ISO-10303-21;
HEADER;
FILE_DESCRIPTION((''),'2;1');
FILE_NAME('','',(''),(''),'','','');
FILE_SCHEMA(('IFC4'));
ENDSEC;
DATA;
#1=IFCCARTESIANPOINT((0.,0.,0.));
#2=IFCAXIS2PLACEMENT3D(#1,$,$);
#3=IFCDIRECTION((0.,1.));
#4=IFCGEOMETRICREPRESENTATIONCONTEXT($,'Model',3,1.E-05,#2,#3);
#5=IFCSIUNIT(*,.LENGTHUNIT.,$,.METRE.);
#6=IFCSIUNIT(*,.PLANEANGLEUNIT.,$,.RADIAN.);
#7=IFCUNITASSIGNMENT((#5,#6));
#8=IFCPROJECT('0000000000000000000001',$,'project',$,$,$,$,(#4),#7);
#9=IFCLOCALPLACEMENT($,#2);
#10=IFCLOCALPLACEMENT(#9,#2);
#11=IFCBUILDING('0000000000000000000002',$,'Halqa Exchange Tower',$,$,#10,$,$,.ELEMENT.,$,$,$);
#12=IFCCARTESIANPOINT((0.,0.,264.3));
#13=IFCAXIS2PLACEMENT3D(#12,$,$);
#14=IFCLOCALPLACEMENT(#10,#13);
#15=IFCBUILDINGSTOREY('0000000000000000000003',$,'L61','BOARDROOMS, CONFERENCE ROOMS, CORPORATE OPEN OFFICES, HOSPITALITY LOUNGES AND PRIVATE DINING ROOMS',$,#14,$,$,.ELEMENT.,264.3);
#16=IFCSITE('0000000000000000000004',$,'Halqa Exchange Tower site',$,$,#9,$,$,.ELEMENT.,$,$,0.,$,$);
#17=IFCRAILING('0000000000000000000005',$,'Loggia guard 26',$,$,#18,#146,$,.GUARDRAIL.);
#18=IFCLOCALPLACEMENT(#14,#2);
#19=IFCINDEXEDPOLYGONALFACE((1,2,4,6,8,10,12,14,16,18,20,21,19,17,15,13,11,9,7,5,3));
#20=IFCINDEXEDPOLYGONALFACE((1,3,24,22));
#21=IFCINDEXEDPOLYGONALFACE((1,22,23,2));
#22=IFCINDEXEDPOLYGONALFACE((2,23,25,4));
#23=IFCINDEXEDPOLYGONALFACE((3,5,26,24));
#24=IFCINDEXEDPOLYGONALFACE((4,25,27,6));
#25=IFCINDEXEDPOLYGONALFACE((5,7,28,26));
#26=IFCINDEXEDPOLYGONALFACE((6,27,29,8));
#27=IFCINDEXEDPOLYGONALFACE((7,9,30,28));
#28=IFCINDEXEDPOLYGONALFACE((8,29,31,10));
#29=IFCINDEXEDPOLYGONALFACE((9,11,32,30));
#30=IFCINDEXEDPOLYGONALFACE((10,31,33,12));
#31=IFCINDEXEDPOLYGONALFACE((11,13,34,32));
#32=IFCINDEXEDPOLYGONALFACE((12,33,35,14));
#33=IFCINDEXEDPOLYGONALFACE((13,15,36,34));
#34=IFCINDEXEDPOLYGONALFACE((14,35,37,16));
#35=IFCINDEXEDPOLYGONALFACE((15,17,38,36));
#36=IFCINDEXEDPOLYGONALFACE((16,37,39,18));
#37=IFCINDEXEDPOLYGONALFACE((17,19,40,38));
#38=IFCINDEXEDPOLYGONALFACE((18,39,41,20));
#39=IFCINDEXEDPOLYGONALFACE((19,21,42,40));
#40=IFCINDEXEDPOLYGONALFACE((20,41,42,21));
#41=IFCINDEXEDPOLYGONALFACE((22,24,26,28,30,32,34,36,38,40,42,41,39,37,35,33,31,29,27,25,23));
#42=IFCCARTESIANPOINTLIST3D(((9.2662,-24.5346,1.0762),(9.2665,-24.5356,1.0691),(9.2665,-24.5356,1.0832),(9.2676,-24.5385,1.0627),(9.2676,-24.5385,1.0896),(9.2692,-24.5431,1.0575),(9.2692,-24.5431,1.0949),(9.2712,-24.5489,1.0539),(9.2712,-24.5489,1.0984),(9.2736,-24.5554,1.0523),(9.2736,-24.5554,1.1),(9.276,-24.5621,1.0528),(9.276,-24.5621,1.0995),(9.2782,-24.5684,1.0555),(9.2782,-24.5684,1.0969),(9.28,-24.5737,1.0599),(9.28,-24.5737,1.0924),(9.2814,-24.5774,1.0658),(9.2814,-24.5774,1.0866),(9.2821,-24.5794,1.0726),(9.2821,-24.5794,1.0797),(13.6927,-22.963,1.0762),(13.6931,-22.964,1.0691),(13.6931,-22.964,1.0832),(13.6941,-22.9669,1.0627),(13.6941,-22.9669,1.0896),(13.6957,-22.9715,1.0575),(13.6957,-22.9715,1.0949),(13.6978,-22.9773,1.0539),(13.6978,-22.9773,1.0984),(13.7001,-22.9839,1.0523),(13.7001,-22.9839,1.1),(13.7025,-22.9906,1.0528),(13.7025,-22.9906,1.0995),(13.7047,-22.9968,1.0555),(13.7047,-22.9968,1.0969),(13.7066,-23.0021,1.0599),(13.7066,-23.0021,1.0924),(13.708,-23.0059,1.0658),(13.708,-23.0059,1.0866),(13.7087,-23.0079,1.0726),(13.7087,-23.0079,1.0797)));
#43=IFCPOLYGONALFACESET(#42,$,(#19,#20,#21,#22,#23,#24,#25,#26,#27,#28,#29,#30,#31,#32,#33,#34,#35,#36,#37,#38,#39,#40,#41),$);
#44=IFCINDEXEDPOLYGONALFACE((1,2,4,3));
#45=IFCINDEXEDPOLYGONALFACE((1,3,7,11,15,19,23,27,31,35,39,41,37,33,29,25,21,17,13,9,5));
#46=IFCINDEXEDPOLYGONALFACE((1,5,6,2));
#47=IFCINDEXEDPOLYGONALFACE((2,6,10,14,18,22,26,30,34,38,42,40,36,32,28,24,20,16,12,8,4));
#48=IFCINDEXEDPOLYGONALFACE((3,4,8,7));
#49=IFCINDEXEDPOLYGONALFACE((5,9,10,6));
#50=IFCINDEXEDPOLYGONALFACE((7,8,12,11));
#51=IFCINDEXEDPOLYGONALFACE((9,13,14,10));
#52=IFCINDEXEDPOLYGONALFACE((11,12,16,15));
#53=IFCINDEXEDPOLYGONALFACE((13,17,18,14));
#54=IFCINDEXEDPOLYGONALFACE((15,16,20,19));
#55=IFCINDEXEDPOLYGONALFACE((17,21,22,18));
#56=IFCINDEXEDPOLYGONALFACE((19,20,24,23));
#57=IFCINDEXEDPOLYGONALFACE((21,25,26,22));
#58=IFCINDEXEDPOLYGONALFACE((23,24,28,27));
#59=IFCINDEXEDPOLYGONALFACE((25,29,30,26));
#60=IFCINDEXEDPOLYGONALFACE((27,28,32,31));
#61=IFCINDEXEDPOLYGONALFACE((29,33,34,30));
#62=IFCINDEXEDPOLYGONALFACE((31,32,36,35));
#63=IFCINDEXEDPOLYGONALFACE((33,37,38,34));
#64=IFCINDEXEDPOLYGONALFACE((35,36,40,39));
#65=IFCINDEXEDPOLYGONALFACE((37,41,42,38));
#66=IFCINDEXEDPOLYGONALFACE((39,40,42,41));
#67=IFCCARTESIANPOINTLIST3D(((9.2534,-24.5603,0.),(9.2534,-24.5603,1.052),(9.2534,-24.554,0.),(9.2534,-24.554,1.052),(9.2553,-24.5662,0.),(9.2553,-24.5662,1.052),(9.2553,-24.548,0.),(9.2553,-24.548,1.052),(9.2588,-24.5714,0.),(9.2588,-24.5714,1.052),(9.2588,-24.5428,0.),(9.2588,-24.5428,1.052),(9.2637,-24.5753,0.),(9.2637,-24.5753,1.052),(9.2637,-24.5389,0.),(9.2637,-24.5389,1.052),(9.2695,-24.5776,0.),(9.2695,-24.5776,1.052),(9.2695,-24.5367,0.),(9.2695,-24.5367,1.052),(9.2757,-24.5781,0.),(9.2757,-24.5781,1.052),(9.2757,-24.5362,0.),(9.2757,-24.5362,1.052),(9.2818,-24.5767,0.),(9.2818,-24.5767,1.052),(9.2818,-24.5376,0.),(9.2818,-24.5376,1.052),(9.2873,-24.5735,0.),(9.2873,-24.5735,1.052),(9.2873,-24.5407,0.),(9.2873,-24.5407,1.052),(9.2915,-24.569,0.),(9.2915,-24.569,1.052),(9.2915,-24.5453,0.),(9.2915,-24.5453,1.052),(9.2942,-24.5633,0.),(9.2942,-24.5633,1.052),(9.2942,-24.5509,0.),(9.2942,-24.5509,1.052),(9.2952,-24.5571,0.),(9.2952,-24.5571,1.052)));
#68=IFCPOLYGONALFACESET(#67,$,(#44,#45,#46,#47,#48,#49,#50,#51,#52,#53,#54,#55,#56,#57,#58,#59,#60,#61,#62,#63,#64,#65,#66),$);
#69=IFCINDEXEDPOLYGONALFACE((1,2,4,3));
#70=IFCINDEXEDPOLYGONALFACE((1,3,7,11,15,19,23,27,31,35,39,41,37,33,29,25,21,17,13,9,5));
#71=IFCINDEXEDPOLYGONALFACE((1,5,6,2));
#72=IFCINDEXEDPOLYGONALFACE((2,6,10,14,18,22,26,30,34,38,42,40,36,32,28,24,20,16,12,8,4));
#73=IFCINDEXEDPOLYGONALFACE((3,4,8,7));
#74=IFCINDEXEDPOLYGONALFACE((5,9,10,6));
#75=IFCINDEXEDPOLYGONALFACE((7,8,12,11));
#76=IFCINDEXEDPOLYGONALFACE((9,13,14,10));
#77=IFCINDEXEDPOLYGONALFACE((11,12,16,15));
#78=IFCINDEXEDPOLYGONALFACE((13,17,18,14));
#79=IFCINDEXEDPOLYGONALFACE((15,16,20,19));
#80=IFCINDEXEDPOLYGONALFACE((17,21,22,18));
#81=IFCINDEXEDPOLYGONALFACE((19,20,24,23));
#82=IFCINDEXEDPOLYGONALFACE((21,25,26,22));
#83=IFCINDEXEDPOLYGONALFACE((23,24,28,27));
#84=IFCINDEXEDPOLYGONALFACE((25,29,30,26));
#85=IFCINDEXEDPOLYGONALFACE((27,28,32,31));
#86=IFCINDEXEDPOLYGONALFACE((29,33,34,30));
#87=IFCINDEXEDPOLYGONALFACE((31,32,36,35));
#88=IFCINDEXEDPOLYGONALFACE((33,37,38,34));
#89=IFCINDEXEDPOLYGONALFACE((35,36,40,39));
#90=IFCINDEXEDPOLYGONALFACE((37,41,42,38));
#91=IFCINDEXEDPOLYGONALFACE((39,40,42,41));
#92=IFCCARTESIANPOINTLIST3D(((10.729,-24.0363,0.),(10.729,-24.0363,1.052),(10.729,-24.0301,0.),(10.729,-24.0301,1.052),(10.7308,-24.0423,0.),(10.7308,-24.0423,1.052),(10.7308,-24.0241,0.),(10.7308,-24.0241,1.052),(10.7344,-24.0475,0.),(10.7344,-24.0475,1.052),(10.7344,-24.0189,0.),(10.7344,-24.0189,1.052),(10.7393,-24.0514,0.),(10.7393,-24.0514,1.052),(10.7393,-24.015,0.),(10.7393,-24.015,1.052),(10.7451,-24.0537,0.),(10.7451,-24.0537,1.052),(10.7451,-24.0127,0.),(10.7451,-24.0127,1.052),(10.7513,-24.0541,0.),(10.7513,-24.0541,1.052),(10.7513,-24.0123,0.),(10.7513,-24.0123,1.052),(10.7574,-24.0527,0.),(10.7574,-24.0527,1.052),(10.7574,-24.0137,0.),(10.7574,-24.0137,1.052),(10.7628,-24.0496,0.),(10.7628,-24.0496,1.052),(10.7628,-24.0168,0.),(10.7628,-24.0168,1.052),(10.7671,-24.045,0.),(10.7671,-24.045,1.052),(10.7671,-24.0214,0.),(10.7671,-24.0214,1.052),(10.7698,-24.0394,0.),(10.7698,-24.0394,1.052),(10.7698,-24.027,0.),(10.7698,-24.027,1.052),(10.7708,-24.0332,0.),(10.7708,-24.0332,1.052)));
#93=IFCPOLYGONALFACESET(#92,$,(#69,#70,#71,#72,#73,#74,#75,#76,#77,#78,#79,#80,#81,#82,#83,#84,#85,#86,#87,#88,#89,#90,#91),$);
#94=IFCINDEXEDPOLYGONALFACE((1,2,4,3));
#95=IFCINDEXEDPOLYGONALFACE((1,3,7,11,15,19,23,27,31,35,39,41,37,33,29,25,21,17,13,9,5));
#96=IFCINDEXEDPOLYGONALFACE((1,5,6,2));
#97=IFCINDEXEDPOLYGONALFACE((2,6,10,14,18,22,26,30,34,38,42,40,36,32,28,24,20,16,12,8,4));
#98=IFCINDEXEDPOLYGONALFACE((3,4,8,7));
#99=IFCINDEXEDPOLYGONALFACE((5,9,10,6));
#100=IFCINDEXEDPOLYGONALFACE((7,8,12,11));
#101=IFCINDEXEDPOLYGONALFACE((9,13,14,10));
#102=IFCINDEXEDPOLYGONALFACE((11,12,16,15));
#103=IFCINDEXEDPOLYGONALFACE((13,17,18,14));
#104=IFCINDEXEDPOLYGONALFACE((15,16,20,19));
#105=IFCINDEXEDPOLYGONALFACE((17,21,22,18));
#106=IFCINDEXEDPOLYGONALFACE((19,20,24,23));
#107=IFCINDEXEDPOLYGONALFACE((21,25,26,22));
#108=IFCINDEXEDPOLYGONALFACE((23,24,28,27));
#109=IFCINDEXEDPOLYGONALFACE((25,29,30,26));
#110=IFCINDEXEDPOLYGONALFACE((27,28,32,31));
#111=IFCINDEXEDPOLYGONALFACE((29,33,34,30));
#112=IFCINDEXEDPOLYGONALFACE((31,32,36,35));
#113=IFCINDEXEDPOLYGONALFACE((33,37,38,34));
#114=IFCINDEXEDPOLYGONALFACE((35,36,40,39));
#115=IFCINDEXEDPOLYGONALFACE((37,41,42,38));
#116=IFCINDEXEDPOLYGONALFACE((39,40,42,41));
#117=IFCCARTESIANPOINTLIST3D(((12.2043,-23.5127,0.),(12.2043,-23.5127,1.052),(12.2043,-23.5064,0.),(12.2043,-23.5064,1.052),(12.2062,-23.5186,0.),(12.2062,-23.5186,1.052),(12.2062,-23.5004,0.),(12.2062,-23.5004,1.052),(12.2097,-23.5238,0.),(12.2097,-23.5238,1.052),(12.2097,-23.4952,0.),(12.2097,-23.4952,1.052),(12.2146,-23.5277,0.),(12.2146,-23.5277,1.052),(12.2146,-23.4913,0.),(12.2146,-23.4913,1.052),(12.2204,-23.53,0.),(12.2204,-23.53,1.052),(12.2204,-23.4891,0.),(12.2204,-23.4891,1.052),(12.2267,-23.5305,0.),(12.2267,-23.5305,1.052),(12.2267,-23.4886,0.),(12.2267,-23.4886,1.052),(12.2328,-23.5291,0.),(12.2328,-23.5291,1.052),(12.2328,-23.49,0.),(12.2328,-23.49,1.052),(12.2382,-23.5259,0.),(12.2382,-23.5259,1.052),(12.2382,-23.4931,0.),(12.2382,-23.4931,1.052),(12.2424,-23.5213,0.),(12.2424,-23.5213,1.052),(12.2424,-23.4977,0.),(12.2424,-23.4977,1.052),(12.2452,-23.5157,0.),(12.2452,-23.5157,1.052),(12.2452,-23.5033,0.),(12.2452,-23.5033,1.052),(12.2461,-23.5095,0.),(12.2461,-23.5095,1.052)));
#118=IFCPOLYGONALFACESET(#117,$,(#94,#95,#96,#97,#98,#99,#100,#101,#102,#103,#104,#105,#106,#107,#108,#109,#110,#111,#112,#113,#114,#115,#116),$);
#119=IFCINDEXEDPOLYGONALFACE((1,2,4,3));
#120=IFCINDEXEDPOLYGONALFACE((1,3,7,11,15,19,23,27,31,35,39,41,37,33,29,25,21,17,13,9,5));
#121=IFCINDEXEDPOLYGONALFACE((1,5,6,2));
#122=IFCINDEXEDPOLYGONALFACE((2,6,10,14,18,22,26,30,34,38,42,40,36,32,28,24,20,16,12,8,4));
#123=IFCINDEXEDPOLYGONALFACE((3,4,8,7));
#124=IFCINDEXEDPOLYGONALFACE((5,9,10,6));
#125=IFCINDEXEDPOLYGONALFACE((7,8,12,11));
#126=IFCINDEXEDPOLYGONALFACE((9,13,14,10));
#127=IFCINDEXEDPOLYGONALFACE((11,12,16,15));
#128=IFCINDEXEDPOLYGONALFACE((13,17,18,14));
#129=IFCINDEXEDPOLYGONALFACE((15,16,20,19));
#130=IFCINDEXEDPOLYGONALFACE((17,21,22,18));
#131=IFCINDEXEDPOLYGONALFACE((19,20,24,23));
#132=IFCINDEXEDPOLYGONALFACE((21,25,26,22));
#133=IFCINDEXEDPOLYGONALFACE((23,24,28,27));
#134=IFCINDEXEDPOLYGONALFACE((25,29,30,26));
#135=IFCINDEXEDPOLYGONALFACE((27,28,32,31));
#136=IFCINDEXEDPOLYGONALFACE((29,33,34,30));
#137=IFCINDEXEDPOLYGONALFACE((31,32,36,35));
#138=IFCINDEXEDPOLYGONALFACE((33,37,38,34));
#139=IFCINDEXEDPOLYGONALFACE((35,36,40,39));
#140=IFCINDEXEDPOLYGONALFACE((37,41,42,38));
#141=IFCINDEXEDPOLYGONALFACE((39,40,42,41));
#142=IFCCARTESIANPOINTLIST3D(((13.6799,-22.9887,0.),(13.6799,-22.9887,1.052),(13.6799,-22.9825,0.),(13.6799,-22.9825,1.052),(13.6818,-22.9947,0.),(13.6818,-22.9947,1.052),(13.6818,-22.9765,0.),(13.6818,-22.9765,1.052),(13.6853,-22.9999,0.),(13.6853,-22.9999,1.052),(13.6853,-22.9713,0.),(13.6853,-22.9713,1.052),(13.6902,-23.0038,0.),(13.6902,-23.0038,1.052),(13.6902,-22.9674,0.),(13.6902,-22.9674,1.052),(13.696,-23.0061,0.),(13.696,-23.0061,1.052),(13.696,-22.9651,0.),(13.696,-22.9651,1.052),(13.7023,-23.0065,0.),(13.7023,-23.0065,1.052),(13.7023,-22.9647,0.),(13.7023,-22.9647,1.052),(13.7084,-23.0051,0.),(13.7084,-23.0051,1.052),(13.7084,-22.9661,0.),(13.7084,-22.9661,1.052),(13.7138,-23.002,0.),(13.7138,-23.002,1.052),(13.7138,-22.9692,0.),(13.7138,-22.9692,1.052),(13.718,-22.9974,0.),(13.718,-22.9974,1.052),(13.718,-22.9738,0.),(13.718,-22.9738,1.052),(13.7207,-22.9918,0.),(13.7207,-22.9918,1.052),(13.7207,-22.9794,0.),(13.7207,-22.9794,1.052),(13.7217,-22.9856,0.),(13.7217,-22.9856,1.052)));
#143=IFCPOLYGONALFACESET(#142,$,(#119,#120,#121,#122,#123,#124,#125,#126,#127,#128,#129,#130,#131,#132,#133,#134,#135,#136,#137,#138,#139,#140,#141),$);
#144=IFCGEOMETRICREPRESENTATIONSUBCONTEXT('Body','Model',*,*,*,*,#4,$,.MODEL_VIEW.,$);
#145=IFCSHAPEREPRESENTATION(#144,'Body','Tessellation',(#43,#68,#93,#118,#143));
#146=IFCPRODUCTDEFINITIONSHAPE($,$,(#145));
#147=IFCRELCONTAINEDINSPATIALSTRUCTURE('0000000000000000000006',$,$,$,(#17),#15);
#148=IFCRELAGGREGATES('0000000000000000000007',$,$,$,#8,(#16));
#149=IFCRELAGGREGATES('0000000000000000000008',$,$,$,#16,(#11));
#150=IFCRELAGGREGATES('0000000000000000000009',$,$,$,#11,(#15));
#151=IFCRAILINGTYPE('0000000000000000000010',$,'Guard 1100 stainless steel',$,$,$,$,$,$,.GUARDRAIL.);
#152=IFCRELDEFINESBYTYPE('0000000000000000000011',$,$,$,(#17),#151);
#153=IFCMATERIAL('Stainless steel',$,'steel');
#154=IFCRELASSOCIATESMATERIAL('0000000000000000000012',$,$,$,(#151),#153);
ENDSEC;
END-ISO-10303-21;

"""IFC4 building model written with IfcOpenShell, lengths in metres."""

from ifc_helpers import new_model, si_unit, direction, frame, origin, origin_2d, place, context, subcontext, project, spatial, circle, extrude, material, type_object, element, save


model = new_model("IFC4")

# Units and contexts
model_context = context("Model", 3, precision=1e-05, world=origin(), true_north=direction((0.0, 1.0)))
body_context = subcontext(model_context, "Body", "Model", "MODEL_VIEW")
ifc_project = project(units=[si_unit("LENGTHUNIT", "METRE"), si_unit("PLANEANGLEUNIT", "RADIAN")], contexts=[model_context])

# Site, building, storey
site_placement = place(None, origin())
site = spatial("IfcSite", under=ifc_project, at=site_placement, Name="Halqa Exchange Tower site", CompositionType="ELEMENT", RefElevation=0.0)
building_placement = place(site_placement, origin())
building = spatial("IfcBuilding", under=site, at=building_placement, Name="Halqa Exchange Tower", CompositionType="ELEMENT")
storey_placement = place(building_placement, frame((0.0, 0.0, 264.3)))
storey = spatial("IfcBuildingStorey", under=building, at=storey_placement, Name="L61", Description="BOARDROOMS, CONFERENCE ROOMS, CORPORATE OPEN OFFICES, HOSPITALITY LOUNGES AND PRIVATE DINING ROOMS", CompositionType="ELEMENT", Elevation=264.3)

# Railing
ifc_material_1 = material(Name="Stainless steel", Category="steel")
railing_type = type_object("IfcRailingType", Name="Guard 1100 stainless steel", PredefinedType="GUARDRAIL", material=ifc_material_1)
railing_1_placement = place(storey_placement, frame((9.2742, -24.5571, 0.0)))
element("IfcRailing", 1, at=railing_1_placement, inside=storey, type_object=railing_type, Name="Loggia guard 26", PredefinedType="GUARDRAIL", context=body_context, shape_type="SweptSolid", body=[
    extrude(circle(Radius=0.0239, at=origin_2d()), frame((0.0, 0.0, 1.0762), z_axis=(0.942372, 0.334568, 0.0), x_axis=(-0.334568, 0.942372, 0.0)), (0.0, 0.0, 1.0), 4.6973),
    extrude(circle(Radius=0.021, at=origin_2d()), origin(), (0.0, 0.0, 1.0), 1.052),
    extrude(circle(Radius=0.021, at=origin_2d()), frame((1.4756, 0.5239, 0.0)), (0.0, 0.0, 1.0), 1.052),
    extrude(circle(Radius=0.021, at=origin_2d()), frame((2.9509, 1.0476, 0.0)), (0.0, 0.0, 1.0), 1.052),
    extrude(circle(Radius=0.021, at=origin_2d()), frame((4.4265, 1.5715, 0.0)), (0.0, 0.0, 1.0), 1.052),
])

save(model, "model.ifc")
